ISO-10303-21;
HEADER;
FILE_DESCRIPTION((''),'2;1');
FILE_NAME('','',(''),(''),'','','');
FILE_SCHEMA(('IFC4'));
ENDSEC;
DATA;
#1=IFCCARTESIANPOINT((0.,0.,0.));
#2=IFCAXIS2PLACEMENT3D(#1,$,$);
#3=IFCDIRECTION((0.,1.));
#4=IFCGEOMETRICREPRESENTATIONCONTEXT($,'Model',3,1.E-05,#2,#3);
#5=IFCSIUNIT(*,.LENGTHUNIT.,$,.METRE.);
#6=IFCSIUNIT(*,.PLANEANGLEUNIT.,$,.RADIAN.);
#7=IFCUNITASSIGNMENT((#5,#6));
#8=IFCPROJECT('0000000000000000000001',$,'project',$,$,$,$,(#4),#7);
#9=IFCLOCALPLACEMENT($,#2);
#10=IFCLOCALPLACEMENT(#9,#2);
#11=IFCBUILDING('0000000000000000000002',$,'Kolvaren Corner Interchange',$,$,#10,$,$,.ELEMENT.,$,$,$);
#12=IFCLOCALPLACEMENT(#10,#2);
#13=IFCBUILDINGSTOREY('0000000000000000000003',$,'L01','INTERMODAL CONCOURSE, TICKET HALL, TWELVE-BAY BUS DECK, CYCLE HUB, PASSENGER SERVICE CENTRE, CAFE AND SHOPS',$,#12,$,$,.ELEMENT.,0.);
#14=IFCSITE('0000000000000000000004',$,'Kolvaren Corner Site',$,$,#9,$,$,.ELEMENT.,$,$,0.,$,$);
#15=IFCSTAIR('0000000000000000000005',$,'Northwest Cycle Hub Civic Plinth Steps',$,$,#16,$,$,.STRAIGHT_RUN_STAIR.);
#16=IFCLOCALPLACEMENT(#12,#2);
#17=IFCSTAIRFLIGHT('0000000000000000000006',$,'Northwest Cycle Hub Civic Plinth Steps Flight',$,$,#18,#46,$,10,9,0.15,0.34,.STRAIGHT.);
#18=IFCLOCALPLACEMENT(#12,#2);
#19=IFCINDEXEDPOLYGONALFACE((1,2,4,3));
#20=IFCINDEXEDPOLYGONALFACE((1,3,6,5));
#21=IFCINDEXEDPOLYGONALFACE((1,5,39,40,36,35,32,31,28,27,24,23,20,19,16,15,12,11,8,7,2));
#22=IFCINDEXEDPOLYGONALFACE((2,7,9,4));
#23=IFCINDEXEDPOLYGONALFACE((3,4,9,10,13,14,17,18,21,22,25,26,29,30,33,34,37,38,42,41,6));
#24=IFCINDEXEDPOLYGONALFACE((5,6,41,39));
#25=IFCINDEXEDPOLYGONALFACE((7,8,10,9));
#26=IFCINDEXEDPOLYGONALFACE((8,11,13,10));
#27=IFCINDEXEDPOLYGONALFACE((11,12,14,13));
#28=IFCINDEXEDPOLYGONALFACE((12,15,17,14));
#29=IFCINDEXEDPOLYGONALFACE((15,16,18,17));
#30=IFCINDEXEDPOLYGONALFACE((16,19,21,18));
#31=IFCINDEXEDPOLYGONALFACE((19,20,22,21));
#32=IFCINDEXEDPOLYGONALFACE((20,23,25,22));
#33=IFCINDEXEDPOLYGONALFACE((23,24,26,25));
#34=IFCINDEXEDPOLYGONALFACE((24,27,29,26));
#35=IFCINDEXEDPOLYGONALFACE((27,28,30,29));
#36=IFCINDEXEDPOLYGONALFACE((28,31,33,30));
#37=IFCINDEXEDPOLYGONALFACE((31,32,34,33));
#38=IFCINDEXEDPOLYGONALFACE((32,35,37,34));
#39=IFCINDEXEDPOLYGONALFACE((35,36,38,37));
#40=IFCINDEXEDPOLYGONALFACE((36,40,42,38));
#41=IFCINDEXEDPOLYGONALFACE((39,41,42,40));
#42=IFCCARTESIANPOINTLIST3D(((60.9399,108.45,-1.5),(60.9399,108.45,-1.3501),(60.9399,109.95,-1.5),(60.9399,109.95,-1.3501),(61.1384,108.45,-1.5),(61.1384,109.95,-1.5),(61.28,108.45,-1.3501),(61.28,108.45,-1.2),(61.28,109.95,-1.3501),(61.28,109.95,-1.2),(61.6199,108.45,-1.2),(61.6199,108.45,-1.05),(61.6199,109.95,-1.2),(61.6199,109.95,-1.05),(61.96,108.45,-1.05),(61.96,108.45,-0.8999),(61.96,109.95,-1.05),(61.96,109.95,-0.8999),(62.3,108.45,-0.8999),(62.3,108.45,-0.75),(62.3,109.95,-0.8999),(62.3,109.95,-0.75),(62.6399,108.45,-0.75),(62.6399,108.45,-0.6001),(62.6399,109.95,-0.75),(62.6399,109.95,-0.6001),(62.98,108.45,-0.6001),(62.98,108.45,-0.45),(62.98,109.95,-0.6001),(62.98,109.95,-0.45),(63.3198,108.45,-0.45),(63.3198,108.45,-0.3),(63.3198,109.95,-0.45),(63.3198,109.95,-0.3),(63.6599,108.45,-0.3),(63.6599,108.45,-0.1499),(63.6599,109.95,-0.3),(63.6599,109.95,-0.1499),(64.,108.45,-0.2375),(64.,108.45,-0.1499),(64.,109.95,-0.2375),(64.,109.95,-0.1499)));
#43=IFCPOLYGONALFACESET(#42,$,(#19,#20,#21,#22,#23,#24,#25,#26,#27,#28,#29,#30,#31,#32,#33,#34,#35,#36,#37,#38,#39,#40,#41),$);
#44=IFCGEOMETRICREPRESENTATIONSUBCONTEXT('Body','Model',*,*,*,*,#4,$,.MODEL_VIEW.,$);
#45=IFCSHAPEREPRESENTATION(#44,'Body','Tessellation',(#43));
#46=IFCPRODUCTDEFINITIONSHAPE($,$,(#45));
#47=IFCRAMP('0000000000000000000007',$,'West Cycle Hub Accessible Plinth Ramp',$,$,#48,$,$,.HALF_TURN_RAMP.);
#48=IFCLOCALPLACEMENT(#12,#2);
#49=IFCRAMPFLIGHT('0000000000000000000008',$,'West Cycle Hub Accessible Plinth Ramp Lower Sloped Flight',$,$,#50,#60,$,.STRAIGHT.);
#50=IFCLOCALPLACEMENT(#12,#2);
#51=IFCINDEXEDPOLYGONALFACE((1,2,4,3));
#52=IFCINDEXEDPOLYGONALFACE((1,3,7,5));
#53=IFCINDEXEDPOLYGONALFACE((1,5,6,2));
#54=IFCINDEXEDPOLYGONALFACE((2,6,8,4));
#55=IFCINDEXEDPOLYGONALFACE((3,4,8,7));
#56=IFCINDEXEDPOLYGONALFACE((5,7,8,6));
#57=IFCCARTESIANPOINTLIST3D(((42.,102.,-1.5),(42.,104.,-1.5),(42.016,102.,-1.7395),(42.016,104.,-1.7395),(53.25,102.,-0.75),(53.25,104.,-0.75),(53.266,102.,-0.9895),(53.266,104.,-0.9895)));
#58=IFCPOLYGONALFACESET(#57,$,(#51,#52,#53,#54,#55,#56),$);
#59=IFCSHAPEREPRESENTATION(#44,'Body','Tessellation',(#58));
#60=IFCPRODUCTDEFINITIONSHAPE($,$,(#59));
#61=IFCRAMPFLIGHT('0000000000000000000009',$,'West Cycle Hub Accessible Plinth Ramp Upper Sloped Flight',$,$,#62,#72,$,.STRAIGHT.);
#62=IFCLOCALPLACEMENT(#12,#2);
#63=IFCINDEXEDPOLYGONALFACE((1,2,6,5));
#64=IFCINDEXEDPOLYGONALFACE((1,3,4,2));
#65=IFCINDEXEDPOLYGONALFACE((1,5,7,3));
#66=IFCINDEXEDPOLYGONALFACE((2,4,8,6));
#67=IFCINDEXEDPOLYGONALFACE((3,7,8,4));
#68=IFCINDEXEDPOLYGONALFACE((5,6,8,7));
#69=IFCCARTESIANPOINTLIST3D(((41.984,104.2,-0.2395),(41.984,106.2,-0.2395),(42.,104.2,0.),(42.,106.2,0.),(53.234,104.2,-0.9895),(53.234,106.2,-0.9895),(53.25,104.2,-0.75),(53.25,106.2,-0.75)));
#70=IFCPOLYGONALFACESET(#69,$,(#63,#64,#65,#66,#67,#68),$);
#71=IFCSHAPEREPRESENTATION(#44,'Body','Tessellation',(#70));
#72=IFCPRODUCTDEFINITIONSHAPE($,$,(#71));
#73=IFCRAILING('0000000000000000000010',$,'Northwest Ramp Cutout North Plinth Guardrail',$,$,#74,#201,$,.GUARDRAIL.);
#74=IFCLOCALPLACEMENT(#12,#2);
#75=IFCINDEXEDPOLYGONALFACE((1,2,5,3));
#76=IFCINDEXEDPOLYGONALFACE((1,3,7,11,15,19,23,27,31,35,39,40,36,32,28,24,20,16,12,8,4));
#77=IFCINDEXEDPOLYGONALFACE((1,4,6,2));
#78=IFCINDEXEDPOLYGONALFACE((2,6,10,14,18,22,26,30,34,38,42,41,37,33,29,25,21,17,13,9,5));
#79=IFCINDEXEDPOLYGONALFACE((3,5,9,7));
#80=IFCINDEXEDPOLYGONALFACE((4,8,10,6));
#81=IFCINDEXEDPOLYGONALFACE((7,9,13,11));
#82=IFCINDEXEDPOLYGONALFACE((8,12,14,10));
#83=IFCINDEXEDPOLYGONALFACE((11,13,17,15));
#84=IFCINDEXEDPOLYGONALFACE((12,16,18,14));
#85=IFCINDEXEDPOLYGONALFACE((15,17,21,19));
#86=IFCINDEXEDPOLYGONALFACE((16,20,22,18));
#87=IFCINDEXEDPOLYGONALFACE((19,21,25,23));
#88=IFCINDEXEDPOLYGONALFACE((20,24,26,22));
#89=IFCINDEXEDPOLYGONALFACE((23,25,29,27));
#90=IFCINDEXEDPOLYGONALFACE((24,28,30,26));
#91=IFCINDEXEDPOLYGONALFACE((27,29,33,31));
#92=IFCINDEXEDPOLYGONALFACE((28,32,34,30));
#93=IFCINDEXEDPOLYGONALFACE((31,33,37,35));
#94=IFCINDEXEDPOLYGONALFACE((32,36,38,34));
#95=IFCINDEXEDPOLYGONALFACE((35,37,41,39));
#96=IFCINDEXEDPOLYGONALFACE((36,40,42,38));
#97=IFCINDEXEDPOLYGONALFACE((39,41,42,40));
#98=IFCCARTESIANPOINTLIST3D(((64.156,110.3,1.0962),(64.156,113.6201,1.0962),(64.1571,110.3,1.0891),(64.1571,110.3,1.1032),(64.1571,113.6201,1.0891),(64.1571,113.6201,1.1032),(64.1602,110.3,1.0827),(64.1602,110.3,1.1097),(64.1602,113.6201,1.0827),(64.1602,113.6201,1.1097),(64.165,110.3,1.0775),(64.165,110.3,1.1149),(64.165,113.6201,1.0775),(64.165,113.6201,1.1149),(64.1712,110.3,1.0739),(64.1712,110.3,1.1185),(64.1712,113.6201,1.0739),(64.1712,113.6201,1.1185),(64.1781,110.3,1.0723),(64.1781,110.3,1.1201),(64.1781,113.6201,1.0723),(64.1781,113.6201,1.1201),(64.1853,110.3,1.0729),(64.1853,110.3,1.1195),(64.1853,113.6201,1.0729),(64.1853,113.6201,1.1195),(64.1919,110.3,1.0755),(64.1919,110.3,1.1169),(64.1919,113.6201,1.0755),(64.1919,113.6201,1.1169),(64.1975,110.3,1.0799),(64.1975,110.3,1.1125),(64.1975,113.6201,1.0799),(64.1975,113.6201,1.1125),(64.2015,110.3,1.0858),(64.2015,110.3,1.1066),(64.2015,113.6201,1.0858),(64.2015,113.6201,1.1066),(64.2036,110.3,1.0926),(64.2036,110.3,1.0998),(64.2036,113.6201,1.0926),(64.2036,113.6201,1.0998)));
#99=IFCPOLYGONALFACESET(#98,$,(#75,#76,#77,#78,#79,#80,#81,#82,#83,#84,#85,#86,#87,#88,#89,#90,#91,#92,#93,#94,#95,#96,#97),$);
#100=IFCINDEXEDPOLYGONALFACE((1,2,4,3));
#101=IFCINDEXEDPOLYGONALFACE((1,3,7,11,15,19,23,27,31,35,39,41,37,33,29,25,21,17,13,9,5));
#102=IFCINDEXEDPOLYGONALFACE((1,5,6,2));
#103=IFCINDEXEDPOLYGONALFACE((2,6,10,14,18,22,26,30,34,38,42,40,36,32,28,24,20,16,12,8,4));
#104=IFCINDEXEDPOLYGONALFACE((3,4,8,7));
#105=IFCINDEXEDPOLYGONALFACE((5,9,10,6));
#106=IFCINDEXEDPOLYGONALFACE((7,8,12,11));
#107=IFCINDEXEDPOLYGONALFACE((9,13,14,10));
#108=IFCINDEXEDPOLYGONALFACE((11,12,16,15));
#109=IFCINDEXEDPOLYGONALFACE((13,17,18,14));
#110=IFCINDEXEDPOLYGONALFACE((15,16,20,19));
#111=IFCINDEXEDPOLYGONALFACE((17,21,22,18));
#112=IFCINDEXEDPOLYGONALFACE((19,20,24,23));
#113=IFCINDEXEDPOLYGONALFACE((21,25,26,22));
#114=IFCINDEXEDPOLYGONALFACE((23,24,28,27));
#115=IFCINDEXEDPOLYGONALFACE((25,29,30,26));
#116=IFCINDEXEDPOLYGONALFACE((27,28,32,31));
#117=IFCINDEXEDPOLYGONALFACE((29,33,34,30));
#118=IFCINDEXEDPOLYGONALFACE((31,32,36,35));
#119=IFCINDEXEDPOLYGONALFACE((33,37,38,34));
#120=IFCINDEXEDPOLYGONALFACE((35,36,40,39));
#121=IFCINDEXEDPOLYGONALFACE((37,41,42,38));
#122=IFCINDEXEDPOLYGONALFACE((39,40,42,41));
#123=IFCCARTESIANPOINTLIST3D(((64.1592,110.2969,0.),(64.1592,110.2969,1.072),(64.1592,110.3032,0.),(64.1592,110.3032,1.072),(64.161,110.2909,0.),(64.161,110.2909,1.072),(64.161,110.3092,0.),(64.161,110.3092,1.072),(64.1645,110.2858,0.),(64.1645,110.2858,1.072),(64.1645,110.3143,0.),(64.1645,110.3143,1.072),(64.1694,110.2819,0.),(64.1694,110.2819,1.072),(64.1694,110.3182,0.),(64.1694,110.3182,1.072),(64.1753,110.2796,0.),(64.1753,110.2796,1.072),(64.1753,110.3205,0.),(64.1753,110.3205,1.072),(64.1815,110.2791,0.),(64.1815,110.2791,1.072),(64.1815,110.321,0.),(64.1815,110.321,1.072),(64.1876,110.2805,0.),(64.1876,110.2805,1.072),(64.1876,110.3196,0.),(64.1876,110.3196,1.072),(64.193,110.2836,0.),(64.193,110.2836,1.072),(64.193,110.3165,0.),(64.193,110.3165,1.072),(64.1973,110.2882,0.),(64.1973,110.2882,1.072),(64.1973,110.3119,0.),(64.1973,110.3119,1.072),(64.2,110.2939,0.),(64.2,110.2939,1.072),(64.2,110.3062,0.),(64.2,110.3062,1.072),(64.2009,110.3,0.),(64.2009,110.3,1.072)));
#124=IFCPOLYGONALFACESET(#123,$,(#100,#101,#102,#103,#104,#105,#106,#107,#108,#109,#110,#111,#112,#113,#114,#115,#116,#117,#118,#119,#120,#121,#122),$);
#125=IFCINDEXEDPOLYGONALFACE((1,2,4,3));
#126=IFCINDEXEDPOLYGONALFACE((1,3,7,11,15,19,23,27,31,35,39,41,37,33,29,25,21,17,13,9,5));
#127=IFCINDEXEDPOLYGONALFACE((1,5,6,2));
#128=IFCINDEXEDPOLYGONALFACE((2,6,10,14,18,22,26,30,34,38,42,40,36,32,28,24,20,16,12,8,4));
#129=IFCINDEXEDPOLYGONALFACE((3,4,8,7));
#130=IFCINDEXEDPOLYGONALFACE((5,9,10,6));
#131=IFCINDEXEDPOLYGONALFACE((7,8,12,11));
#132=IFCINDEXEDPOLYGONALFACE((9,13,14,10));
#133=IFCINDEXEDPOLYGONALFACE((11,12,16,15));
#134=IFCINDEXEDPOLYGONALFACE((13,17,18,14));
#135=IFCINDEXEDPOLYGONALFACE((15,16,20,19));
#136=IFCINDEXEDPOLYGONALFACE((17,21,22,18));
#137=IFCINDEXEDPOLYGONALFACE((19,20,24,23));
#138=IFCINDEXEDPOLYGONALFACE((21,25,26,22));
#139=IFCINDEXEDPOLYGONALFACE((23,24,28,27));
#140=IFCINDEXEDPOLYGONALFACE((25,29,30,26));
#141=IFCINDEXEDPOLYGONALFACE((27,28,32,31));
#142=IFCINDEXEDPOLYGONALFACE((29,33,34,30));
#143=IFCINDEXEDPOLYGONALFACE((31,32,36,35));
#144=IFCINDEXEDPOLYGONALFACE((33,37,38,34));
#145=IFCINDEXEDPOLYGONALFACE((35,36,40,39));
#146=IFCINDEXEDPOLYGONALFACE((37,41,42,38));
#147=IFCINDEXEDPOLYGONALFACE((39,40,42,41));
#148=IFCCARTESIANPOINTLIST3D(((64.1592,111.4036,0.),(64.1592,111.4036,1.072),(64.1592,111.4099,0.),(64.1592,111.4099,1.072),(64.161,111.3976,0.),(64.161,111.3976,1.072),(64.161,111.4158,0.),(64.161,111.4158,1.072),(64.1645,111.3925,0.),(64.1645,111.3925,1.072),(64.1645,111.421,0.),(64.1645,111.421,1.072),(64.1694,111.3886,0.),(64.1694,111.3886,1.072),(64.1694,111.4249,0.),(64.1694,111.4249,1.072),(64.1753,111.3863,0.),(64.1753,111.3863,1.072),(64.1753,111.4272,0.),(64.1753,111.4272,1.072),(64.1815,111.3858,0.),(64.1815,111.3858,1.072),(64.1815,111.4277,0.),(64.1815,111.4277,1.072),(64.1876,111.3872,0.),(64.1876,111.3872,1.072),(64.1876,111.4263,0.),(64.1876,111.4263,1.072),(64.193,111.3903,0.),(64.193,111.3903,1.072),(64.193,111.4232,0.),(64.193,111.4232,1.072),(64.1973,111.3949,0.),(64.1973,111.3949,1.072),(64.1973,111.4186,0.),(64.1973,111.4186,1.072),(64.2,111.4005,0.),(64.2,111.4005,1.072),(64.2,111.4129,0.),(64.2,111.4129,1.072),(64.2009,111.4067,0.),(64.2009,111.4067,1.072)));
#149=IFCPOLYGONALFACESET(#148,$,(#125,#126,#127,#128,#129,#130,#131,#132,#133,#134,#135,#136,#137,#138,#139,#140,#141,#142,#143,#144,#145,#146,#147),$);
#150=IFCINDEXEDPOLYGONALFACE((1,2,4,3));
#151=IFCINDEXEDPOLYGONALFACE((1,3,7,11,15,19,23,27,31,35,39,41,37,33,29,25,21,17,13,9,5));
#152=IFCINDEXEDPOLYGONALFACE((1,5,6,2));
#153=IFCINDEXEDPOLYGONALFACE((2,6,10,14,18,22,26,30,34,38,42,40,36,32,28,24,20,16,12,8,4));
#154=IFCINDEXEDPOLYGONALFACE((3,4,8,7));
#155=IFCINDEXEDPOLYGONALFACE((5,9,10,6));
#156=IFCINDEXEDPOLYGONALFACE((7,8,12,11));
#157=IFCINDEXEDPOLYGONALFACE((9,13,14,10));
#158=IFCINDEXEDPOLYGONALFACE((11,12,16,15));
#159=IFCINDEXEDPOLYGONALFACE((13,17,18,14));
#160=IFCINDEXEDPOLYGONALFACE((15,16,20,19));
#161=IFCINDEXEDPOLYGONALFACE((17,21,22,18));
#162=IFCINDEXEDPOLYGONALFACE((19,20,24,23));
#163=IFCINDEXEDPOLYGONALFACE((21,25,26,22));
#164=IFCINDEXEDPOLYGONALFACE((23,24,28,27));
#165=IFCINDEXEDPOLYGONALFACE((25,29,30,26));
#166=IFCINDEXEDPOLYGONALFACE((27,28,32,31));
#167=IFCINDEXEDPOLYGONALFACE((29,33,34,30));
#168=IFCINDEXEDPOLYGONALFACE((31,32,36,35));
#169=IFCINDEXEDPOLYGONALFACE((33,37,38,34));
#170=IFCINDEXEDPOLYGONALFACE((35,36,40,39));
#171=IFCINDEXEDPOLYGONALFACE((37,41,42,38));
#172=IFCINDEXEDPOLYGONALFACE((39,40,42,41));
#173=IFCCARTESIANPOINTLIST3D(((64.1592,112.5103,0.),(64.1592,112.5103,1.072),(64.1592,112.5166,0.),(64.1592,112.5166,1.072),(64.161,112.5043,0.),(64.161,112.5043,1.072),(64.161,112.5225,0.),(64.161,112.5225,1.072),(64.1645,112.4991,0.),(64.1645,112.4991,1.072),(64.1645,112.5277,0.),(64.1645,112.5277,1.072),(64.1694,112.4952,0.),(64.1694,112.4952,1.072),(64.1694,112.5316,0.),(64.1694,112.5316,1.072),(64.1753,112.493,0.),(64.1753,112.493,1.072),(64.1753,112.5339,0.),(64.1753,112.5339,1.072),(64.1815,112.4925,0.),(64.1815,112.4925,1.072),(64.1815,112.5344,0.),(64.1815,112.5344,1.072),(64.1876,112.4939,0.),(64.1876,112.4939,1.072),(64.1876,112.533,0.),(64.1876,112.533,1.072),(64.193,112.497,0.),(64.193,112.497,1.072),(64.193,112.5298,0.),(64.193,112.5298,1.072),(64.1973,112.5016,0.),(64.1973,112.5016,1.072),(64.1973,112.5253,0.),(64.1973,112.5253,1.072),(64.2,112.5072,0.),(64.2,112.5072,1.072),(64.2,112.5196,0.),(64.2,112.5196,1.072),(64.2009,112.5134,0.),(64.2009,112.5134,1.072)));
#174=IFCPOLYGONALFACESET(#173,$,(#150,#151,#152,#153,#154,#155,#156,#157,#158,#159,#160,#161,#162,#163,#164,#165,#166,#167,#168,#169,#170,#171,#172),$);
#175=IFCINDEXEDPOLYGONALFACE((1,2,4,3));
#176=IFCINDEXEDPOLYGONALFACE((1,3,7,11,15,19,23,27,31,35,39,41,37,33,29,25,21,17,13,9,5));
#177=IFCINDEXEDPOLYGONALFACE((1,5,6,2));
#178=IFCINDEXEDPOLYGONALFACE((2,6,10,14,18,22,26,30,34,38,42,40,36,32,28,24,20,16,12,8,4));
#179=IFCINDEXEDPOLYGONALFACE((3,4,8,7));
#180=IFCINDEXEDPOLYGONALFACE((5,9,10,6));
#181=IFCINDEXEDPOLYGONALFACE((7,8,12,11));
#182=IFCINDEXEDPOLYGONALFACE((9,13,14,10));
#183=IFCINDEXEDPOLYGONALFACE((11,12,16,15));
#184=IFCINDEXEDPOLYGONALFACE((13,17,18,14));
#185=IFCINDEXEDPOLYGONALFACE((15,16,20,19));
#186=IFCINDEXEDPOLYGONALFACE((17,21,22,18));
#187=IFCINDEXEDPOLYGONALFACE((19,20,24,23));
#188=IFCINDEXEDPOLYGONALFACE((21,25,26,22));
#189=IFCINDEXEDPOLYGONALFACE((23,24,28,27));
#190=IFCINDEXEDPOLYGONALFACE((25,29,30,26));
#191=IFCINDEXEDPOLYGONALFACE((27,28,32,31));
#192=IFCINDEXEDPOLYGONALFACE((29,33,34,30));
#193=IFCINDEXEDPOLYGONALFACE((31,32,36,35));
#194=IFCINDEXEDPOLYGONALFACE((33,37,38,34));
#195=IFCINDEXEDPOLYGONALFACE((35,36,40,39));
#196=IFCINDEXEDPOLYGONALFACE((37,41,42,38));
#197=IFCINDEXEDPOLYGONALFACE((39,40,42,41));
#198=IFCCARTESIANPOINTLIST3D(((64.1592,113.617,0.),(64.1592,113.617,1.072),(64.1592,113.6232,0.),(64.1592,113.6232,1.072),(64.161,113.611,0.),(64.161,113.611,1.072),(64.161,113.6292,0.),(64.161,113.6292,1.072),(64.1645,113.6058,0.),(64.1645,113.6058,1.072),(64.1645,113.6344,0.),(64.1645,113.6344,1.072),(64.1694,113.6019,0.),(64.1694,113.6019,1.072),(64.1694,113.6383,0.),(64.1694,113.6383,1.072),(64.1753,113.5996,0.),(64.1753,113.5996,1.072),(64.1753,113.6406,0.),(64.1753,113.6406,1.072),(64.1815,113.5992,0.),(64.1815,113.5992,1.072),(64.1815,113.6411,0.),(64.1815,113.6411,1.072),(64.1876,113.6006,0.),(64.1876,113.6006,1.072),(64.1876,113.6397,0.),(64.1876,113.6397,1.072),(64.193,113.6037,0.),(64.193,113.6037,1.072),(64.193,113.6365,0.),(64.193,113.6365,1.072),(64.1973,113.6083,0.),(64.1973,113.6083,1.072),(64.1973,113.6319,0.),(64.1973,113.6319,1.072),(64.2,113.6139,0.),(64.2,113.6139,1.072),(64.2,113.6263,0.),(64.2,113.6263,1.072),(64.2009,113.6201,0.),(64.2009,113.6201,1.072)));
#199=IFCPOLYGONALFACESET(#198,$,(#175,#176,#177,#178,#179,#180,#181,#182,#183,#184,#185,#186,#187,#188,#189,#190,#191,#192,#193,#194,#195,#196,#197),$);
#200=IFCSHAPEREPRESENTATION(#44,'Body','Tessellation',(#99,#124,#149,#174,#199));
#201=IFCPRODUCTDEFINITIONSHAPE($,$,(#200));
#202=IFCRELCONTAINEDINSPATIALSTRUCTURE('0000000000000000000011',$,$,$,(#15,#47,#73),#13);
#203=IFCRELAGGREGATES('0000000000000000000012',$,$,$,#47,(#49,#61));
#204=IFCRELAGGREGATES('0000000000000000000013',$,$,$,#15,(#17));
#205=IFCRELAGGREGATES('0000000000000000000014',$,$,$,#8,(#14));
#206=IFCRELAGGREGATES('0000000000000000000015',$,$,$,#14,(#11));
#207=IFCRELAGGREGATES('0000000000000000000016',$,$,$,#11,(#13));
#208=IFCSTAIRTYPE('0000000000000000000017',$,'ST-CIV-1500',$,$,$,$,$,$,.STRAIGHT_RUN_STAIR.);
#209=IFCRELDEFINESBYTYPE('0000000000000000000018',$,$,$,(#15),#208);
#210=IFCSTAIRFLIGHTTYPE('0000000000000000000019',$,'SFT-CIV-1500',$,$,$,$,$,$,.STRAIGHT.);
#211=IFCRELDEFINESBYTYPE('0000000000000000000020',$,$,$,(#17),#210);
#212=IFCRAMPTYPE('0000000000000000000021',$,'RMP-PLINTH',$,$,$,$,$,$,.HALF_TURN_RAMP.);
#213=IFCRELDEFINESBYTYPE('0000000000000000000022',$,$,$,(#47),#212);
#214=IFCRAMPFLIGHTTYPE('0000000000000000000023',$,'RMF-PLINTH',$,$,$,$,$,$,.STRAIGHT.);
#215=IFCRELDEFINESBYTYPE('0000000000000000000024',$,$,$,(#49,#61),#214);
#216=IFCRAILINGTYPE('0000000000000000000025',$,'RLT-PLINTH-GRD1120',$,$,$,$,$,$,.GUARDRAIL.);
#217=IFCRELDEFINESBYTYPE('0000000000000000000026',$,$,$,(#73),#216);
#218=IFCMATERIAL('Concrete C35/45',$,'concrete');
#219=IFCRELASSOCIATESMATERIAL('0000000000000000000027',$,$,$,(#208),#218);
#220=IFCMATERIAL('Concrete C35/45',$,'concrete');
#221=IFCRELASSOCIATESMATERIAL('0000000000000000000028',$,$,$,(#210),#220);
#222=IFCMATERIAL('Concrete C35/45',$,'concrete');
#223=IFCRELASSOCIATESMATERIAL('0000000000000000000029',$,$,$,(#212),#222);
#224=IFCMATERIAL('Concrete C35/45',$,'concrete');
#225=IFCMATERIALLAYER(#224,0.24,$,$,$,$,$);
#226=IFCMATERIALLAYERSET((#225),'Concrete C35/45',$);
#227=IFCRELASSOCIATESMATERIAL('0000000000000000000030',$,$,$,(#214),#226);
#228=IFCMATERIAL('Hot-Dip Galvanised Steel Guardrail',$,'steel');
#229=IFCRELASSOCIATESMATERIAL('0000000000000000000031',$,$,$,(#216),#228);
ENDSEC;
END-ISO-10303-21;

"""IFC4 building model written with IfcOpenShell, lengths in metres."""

from ifc_helpers import new_model, si_unit, direction, frame, origin, origin_2d, place, context, subcontext, project, spatial, polyline, circle, outline, extrude, material, layer, layer_set, type_object, element, aggregate, save


model = new_model("IFC4")

# Units and contexts
model_context = context("Model", 3, precision=1e-05, world=origin(), true_north=direction((0.0, 1.0)))
body_context = subcontext(model_context, "Body", "Model", "MODEL_VIEW")
ifc_project = project(units=[si_unit("LENGTHUNIT", "METRE"), si_unit("PLANEANGLEUNIT", "RADIAN")], contexts=[model_context])

# Site, building, storey
site_placement = place(None, origin())
site = spatial("IfcSite", under=ifc_project, at=site_placement, Name="Kolvaren Corner Site", CompositionType="ELEMENT", RefElevation=0.0)
building_placement = place(site_placement, origin())
building = spatial("IfcBuilding", under=site, at=building_placement, Name="Kolvaren Corner Interchange", CompositionType="ELEMENT")
storey_placement = place(building_placement, origin())
storey = spatial("IfcBuildingStorey", under=building, at=storey_placement, Name="L01", Description="INTERMODAL CONCOURSE, TICKET HALL, TWELVE-BAY BUS DECK, CYCLE HUB, PASSENGER SERVICE CENTRE, CAFE AND SHOPS", CompositionType="ELEMENT", Elevation=0.0)

# Stair, stair flight
ifc_material_1 = material(Name="Concrete C35/45", Category="concrete")
stair_type = type_object("IfcStairType", Name="ST-CIV-1500", PredefinedType="STRAIGHT_RUN_STAIR", material=ifc_material_1)
stair_placement = place(storey_placement, origin())
stair = element("IfcStair", 1, at=stair_placement, inside=storey, type_object=stair_type, Name="Northwest Cycle Hub Civic Plinth Steps", PredefinedType="STRAIGHT_RUN_STAIR")
ifc_material_2 = material(Name="Concrete C35/45", Category="concrete")
stair_flight_type = type_object("IfcStairFlightType", Name="SFT-CIV-1500", PredefinedType="STRAIGHT", material=ifc_material_2)
stair_flight_placement = place(storey_placement, frame((60.9399, 109.2, -1.5), z_axis=(0.0, 0.0, 1.0), x_axis=(1.0, 0.0, 0.0)))
stair_flight = element("IfcStairFlight", 2, at=stair_flight_placement, type_object=stair_flight_type, Name="Northwest Cycle Hub Civic Plinth Steps Flight", NumberOfRisers=10, NumberOfTreads=9, PredefinedType="STRAIGHT", RiserHeight=0.15, TreadLength=0.34, context=body_context, shape_type="SweptSolid", body=[
    extrude(outline(polyline([(0.0, 0.0), (0.0, 0.1499), (0.3401, 0.1499), (0.3401, 0.3), (0.6799, 0.3), (0.6799, 0.45), (1.02, 0.45), (1.02, 0.6001), (1.3601, 0.6001), (1.3601, 0.75), (1.7, 0.75), (1.7, 0.8999), (2.04, 0.8999), (2.04, 1.05), (2.3799, 1.05), (2.3799, 1.2), (2.72, 1.2), (2.72, 1.3501), (3.0601, 1.3501), (3.0601, 1.5), (3.0601, 1.2625), (0.1985, 0.0), (0.0, 0.0)])), frame((0.0, 0.75, 0.0), z_axis=(0.0, -1.0, 0.0), x_axis=(1.0, 0.0, 0.0)), (0.0, 0.0, 1.0), 1.5),
])

# Ramp, ramp flights
ifc_material_3 = material(Name="Concrete C35/45", Category="concrete")
ramp_type = type_object("IfcRampType", Name="RMP-PLINTH", PredefinedType="HALF_TURN_RAMP", material=ifc_material_3)
ramp_placement = place(storey_placement, origin())
ramp = element("IfcRamp", 3, at=ramp_placement, inside=storey, type_object=ramp_type, Name="West Cycle Hub Accessible Plinth Ramp", PredefinedType="HALF_TURN_RAMP")
ifc_material_4 = material(Name="Concrete C35/45", Category="concrete")
ifc_layer_1 = layer(ifc_material_4, 0.24)
ifc_layer_set_1 = layer_set([ifc_layer_1], Name="Concrete C35/45")
ramp_flight_type = type_object("IfcRampFlightType", Name="RMF-PLINTH", PredefinedType="STRAIGHT", material=ifc_layer_set_1)
ramp_flight_1_placement = place(storey_placement, frame((42.0, 102.0, -1.5), z_axis=(-0.066519, 0.0, 0.997785), x_axis=(0.997785, 0.0, 0.066519)))
ramp_flight_1 = element("IfcRampFlight", 4, at=ramp_flight_1_placement, type_object=ramp_flight_type, Name="West Cycle Hub Accessible Plinth Ramp Lower Sloped Flight", PredefinedType="STRAIGHT", context=body_context, shape_type="SweptSolid", body=[
    extrude(outline(polyline([(0.0, 0.0), (11.275, 0.0), (11.275, 2.0), (0.0, 2.0), (0.0, 0.0)])), origin(), (0.0, 0.0, -1.0), 0.24),
])
ramp_flight_2_placement = place(storey_placement, frame((53.25, 104.2, -0.75), z_axis=(0.066519, 0.0, 0.997785), x_axis=(-0.997785, 0.0, 0.066519)))
ramp_flight_2 = element("IfcRampFlight", 5, at=ramp_flight_2_placement, type_object=ramp_flight_type, Name="West Cycle Hub Accessible Plinth Ramp Upper Sloped Flight", PredefinedType="STRAIGHT", context=body_context, shape_type="SweptSolid", body=[
    extrude(outline(polyline([(0.0, 0.0), (11.275, 0.0), (11.275, -2.0), (0.0, -2.0), (0.0, 0.0)])), origin(), (0.0, 0.0, -1.0), 0.24),
])
aggregate(ramp, [ramp_flight_1, ramp_flight_2])

# Railing
ifc_material_5 = material(Name="Hot-Dip Galvanised Steel Guardrail", Category="steel")
railing_type_1 = type_object("IfcRailingType", Name="RLT-PLINTH-GRD1120", PredefinedType="GUARDRAIL", material=ifc_material_5)
railing_1_placement = place(storey_placement, frame((64.1799, 110.3, 0.0)))
element("IfcRailing", 6, at=railing_1_placement, inside=storey, type_object=railing_type_1, Name="Northwest Ramp Cutout North Plinth Guardrail", PredefinedType="GUARDRAIL", context=body_context, shape_type="SweptSolid", body=[
    extrude(circle(Radius=0.0239, at=origin_2d()), frame((0.0, 0.0, 1.0962), z_axis=(0.0, 1.0, 0.0), x_axis=(-1.0, 0.0, 0.0)), (0.0, 0.0, 1.0), 3.3201),
    extrude(circle(Radius=0.021, at=origin_2d()), origin(), (0.0, 0.0, 1.0), 1.072),
    extrude(circle(Radius=0.021, at=origin_2d()), frame((0.0, 1.1067, 0.0)), (0.0, 0.0, 1.0), 1.072),
    extrude(circle(Radius=0.021, at=origin_2d()), frame((0.0, 2.2134, 0.0)), (0.0, 0.0, 1.0), 1.072),
    extrude(circle(Radius=0.021, at=origin_2d()), frame((0.0, 3.3201, 0.0)), (0.0, 0.0, 1.0), 1.072),
])

aggregate(stair, [stair_flight])

save(model, "model.ifc")
